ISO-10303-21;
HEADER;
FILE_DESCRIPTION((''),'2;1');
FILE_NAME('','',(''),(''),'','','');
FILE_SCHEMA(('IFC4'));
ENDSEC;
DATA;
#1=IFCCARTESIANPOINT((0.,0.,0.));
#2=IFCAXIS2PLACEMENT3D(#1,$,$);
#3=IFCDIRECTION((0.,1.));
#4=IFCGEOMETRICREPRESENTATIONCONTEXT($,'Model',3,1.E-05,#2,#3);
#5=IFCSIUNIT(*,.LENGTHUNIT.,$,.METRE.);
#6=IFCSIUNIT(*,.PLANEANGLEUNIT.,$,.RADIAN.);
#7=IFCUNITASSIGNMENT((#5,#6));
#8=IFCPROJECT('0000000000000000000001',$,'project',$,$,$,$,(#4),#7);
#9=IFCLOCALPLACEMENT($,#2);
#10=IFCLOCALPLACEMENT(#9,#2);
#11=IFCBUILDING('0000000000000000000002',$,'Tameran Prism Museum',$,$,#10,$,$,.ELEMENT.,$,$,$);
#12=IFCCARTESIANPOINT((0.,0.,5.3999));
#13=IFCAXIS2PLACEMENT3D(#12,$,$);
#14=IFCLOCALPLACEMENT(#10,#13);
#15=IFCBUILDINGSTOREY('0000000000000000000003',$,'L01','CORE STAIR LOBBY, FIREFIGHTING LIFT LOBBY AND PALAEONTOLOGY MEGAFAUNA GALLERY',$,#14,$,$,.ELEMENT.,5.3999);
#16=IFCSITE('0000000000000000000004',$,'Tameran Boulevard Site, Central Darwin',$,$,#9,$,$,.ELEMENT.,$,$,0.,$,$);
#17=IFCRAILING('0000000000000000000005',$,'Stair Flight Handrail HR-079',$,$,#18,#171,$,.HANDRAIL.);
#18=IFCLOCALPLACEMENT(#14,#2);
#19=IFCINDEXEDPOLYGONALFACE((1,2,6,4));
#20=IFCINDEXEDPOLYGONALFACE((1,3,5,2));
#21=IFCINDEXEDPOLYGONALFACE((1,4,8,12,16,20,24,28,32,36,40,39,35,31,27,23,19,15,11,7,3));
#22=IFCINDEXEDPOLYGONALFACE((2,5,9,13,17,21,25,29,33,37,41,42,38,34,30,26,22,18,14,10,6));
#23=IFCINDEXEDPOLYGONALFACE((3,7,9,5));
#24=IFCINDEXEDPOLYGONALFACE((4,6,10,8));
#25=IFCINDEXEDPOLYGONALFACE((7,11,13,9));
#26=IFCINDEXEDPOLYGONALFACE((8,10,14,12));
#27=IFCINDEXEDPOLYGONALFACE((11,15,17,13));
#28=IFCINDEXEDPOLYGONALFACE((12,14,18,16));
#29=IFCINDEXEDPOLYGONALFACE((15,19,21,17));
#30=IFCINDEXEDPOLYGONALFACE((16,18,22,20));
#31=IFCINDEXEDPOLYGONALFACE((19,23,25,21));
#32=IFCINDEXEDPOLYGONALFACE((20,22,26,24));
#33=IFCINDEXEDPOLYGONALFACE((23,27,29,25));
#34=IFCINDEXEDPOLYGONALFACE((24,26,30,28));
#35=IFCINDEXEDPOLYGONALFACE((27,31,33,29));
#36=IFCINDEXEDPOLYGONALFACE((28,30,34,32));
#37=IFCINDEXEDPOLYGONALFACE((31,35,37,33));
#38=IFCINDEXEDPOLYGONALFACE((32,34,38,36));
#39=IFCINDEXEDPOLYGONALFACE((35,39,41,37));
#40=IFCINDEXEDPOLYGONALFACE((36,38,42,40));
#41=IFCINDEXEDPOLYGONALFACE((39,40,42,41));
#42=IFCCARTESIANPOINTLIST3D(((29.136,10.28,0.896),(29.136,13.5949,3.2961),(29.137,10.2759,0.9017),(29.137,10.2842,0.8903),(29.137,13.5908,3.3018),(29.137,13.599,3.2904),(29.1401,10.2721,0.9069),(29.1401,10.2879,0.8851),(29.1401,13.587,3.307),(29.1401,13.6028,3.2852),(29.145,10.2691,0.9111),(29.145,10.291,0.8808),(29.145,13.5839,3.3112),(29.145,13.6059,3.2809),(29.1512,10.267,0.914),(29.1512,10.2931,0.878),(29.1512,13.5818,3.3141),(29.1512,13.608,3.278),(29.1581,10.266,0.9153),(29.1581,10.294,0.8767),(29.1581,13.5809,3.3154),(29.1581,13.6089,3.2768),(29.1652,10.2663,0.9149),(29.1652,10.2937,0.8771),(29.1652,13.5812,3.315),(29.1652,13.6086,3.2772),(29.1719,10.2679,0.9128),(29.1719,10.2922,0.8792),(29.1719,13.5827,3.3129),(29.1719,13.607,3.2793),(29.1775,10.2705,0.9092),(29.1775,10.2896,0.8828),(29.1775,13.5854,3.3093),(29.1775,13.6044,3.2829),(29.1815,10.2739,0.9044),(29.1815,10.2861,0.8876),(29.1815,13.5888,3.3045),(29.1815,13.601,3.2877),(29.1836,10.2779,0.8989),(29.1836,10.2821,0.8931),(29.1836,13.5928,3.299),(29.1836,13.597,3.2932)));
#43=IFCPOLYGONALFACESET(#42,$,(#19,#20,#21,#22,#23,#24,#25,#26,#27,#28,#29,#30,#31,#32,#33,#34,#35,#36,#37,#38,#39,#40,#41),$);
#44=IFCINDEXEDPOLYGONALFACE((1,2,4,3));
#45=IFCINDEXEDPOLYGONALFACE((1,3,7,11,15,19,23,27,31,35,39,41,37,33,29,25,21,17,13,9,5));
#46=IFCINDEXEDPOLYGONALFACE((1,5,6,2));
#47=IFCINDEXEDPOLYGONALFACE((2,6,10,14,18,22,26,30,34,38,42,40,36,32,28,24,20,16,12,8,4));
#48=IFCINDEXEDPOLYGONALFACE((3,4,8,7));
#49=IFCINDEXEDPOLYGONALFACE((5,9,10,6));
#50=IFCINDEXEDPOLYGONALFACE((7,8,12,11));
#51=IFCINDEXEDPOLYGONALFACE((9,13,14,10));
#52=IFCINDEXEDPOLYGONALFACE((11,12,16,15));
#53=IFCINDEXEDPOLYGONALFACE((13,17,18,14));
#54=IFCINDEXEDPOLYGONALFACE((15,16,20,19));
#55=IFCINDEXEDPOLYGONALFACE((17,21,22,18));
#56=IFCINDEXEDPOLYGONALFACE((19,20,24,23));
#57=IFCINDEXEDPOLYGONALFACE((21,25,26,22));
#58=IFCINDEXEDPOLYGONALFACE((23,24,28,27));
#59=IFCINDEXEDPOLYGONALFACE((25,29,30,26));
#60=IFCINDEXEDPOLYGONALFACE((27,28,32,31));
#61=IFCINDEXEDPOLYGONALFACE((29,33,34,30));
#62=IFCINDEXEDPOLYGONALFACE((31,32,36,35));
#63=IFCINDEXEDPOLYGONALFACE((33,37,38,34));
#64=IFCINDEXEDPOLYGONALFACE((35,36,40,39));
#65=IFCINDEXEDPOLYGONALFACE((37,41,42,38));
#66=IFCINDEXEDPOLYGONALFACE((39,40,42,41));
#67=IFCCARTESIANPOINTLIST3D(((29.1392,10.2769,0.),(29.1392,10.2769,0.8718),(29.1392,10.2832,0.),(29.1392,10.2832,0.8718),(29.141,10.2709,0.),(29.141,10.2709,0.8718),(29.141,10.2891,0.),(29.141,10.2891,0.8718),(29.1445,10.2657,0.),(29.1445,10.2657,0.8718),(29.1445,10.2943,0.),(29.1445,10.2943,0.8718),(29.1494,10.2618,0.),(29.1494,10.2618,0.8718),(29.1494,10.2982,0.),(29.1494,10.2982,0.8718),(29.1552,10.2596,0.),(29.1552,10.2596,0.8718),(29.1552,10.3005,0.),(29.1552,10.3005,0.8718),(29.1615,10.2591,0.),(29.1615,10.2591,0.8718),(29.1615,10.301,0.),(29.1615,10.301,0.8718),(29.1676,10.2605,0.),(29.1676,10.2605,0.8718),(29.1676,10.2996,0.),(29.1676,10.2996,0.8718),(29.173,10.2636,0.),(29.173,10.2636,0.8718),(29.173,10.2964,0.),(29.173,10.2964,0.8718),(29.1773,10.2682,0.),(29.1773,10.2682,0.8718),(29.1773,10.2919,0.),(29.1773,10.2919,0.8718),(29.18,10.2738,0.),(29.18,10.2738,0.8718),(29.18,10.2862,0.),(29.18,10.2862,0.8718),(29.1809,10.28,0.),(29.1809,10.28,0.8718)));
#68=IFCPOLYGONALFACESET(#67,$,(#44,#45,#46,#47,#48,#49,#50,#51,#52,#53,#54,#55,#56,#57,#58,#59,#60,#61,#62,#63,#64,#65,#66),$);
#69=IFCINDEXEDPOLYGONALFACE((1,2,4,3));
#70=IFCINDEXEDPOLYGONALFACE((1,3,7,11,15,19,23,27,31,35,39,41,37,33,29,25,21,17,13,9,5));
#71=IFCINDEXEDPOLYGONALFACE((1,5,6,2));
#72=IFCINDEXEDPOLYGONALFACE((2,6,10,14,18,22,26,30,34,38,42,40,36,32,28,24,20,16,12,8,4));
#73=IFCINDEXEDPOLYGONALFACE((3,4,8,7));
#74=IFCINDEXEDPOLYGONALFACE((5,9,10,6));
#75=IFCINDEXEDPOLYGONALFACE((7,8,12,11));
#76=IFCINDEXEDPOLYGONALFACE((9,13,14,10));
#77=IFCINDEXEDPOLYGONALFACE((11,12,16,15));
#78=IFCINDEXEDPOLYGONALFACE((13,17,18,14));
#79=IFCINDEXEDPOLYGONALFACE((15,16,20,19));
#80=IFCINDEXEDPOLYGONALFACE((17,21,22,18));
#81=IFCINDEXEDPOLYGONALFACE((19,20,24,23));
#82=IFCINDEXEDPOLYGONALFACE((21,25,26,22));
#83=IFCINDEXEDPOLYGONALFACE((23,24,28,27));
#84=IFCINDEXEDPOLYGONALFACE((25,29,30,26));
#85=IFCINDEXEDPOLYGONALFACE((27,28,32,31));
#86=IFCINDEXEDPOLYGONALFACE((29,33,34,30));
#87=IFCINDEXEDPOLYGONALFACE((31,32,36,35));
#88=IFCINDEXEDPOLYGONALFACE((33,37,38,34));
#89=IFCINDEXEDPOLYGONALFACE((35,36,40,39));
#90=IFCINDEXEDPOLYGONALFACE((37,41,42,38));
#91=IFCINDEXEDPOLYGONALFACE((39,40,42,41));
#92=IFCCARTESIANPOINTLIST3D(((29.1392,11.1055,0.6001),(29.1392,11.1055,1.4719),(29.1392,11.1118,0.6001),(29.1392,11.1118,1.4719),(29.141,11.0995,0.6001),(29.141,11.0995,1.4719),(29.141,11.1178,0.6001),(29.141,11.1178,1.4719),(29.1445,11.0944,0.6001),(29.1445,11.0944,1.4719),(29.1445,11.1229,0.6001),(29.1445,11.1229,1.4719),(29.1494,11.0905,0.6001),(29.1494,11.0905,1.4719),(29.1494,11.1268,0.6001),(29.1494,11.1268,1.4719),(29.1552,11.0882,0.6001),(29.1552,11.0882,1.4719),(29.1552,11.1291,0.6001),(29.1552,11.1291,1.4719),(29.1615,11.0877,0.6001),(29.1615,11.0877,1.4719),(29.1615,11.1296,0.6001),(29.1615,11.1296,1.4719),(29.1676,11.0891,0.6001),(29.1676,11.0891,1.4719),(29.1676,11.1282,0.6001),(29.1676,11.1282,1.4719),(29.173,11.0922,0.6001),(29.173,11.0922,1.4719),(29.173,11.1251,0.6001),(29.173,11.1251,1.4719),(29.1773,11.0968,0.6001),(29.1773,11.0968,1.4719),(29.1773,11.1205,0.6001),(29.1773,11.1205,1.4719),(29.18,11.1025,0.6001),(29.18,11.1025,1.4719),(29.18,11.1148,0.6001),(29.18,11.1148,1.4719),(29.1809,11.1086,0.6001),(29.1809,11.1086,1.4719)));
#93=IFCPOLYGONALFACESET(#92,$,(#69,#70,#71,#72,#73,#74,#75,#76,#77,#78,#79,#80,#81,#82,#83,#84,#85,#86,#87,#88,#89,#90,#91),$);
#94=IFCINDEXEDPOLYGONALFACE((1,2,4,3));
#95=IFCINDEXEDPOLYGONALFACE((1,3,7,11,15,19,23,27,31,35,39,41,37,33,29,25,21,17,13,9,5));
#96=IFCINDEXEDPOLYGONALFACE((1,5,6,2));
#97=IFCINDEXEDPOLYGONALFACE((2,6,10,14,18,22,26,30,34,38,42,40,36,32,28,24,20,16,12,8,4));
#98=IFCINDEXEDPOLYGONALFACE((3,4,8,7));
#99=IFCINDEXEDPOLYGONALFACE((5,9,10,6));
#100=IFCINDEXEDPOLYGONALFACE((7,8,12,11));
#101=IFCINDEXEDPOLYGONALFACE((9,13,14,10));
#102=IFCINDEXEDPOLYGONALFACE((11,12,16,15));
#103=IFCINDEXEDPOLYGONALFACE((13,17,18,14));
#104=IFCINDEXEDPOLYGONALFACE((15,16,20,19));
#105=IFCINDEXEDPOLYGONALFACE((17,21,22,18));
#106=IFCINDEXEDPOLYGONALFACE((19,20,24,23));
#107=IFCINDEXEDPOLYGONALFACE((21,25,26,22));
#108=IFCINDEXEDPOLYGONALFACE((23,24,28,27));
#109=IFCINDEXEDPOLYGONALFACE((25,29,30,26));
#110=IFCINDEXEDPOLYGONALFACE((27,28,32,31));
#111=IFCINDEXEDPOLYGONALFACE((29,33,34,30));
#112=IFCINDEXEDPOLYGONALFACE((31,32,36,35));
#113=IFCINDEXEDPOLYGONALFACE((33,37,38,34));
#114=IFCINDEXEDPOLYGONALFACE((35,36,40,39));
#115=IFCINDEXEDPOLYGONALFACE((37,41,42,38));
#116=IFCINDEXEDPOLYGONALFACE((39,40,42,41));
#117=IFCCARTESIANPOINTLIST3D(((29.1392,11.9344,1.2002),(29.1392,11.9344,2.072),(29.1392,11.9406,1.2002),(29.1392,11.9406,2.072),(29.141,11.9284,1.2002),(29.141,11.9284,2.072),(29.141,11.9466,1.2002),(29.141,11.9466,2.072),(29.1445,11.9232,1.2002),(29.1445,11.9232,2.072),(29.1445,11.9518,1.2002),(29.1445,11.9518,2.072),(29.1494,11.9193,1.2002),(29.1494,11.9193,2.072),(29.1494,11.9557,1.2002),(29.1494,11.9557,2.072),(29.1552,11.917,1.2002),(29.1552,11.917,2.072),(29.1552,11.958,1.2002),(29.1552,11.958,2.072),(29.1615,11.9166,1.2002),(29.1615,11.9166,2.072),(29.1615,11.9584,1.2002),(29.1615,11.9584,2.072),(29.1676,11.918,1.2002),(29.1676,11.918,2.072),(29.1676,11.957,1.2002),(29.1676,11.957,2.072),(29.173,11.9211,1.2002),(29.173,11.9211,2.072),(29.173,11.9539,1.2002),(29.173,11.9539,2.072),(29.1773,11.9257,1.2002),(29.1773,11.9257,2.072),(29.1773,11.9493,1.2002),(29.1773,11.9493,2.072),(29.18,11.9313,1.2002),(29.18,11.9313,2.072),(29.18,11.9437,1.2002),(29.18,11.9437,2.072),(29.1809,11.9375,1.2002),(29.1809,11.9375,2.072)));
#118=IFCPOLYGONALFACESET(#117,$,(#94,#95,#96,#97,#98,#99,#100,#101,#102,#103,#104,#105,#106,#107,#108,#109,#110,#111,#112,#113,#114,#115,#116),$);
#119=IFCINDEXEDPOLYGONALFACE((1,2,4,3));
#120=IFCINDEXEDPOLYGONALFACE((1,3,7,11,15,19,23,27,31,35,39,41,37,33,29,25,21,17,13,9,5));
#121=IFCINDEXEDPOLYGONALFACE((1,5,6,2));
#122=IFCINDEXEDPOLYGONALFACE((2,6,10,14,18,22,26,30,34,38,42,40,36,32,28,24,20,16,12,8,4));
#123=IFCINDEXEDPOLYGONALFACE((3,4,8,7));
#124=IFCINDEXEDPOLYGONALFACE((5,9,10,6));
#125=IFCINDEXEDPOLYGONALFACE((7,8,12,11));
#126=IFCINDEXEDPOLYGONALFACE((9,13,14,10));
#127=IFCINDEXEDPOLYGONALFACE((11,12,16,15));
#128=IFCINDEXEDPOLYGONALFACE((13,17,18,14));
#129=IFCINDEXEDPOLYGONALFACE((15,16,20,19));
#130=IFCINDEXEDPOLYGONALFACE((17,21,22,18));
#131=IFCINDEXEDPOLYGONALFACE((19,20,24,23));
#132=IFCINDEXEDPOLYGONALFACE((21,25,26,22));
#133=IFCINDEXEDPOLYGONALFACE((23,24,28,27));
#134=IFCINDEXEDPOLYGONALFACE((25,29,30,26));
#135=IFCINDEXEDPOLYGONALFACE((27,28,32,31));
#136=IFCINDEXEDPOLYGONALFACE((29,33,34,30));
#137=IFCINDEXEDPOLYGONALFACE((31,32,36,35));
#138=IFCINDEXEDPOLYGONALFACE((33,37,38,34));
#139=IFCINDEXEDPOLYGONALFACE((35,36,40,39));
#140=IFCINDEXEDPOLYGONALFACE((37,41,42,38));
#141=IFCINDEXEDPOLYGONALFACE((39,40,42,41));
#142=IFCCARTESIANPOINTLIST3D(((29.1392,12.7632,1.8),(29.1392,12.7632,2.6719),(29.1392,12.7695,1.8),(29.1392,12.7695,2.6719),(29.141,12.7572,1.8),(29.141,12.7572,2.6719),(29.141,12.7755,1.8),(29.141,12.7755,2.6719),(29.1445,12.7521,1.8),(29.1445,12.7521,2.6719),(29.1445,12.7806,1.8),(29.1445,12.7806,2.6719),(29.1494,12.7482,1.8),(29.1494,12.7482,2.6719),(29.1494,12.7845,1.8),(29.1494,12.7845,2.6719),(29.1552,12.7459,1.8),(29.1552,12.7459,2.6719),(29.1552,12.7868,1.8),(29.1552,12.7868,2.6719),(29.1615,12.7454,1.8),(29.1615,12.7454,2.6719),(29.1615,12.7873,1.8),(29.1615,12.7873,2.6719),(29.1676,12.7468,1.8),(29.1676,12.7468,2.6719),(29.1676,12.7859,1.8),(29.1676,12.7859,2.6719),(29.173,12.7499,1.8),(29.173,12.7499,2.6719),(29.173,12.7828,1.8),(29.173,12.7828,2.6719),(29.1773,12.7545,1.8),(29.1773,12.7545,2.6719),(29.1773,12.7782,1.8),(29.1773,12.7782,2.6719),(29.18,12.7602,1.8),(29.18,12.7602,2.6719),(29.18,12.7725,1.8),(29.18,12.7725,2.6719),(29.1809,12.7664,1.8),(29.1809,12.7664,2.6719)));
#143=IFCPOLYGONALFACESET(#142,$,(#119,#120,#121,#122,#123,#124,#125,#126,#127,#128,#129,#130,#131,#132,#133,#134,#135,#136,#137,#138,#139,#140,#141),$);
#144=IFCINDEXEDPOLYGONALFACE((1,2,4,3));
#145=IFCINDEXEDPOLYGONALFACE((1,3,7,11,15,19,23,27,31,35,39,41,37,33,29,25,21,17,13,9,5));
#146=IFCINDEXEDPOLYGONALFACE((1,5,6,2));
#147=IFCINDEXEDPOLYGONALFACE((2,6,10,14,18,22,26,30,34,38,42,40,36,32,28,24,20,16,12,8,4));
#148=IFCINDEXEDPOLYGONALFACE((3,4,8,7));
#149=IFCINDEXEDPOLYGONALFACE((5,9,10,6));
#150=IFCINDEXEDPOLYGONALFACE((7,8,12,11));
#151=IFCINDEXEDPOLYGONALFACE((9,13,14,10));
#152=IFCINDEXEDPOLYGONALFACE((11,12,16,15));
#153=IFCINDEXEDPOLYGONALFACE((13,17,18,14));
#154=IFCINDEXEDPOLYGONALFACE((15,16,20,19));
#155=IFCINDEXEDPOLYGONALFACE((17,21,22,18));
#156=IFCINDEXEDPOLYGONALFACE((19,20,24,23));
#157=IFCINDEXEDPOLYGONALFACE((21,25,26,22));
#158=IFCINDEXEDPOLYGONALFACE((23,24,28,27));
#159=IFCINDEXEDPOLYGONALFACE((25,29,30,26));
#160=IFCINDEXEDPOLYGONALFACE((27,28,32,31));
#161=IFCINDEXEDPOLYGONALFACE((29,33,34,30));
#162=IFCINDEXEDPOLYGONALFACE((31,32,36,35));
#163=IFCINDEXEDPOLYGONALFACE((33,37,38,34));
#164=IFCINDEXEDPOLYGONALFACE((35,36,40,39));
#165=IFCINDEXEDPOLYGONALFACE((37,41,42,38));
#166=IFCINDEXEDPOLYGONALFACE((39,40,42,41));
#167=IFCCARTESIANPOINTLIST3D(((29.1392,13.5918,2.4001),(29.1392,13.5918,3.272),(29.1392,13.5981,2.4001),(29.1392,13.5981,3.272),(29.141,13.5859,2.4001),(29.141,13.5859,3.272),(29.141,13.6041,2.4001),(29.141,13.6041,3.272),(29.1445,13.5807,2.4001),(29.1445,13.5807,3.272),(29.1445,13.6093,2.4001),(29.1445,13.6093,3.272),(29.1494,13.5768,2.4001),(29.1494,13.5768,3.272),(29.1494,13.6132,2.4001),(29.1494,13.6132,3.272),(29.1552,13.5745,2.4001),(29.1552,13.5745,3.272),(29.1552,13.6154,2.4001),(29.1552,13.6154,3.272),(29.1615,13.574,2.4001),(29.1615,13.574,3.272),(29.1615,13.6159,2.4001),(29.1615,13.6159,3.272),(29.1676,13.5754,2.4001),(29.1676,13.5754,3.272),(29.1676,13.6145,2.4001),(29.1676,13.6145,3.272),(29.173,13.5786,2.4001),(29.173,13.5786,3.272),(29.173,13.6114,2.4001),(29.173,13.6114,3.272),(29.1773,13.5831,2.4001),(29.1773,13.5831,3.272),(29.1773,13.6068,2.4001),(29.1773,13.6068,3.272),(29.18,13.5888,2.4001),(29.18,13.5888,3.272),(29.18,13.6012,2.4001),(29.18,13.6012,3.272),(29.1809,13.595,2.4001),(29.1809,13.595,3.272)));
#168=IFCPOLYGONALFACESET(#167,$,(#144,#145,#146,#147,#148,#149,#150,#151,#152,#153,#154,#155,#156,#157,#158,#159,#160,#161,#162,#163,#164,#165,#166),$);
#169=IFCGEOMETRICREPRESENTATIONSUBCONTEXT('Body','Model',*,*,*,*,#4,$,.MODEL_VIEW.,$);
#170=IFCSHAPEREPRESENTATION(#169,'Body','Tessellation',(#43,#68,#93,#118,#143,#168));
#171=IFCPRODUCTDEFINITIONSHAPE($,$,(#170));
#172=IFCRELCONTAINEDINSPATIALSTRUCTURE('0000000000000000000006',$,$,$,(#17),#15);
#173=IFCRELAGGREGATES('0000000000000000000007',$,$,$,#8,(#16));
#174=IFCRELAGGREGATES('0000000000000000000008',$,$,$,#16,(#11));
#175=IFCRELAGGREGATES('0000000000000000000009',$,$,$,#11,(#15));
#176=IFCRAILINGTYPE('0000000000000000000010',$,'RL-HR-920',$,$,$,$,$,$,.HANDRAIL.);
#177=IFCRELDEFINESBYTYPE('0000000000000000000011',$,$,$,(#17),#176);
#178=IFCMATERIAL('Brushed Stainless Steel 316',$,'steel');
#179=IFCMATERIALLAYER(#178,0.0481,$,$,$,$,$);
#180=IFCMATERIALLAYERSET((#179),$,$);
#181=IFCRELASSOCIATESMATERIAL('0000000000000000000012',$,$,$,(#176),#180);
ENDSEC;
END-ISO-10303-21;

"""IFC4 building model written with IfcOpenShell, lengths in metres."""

from ifc_helpers import new_model, si_unit, direction, frame, origin, origin_2d, place, context, subcontext, project, spatial, circle, extrude, material, layer, layer_set, type_object, element, save


model = new_model("IFC4")

# Units and contexts
model_context = context("Model", 3, precision=1e-05, world=origin(), true_north=direction((0.0, 1.0)))
body_context = subcontext(model_context, "Body", "Model", "MODEL_VIEW")
ifc_project = project(units=[si_unit("LENGTHUNIT", "METRE"), si_unit("PLANEANGLEUNIT", "RADIAN")], contexts=[model_context])

# Site, building, storey
site_placement = place(None, origin())
site = spatial("IfcSite", under=ifc_project, at=site_placement, Name="Tameran Boulevard Site, Central Darwin", CompositionType="ELEMENT", RefElevation=0.0)
building_placement = place(site_placement, origin())
building = spatial("IfcBuilding", under=site, at=building_placement, Name="Tameran Prism Museum", CompositionType="ELEMENT")
storey_placement = place(building_placement, frame((0.0, 0.0, 5.3999)))
storey = spatial("IfcBuildingStorey", under=building, at=storey_placement, Name="L01", Description="CORE STAIR LOBBY, FIREFIGHTING LIFT LOBBY AND PALAEONTOLOGY MEGAFAUNA GALLERY", CompositionType="ELEMENT", Elevation=5.3999)

# Railing
ifc_material_1 = material(Name="Brushed Stainless Steel 316", Category="steel")
ifc_layer_1 = layer(ifc_material_1, 0.0481)
ifc_layer_set_1 = layer_set([ifc_layer_1])
railing_type_1 = type_object("IfcRailingType", Name="RL-HR-920", PredefinedType="HANDRAIL", material=ifc_layer_set_1)
railing_1_placement = place(storey_placement, frame((29.1599, 10.28, 0.0)))
element("IfcRailing", 1, at=railing_1_placement, inside=storey, type_object=railing_type_1, Name="Stair Flight Handrail HR-079", PredefinedType="HANDRAIL", context=body_context, shape_type="SweptSolid", body=[
    extrude(circle(Radius=0.0239, at=origin_2d()), frame((0.0, 0.0, 0.896), z_axis=(0.0, 0.80998, 0.586457), x_axis=(-1.0, 0.0, 0.0)), (0.0, 0.0, 1.0), 4.0925),
    extrude(circle(Radius=0.021, at=origin_2d()), origin(), (0.0, 0.0, 1.0), 0.8718),
    extrude(circle(Radius=0.021, at=origin_2d()), frame((0.0, 0.8286, 0.6001)), (0.0, 0.0, 1.0), 0.8718),
    extrude(circle(Radius=0.021, at=origin_2d()), frame((0.0, 1.6575, 1.2002)), (0.0, 0.0, 1.0), 0.8718),
    extrude(circle(Radius=0.021, at=origin_2d()), frame((0.0, 2.4863, 1.8)), (0.0, 0.0, 1.0), 0.8718),
    extrude(circle(Radius=0.021, at=origin_2d()), frame((0.0, 3.3149, 2.4001)), (0.0, 0.0, 1.0), 0.8718),
])

save(model, "model.ifc")
